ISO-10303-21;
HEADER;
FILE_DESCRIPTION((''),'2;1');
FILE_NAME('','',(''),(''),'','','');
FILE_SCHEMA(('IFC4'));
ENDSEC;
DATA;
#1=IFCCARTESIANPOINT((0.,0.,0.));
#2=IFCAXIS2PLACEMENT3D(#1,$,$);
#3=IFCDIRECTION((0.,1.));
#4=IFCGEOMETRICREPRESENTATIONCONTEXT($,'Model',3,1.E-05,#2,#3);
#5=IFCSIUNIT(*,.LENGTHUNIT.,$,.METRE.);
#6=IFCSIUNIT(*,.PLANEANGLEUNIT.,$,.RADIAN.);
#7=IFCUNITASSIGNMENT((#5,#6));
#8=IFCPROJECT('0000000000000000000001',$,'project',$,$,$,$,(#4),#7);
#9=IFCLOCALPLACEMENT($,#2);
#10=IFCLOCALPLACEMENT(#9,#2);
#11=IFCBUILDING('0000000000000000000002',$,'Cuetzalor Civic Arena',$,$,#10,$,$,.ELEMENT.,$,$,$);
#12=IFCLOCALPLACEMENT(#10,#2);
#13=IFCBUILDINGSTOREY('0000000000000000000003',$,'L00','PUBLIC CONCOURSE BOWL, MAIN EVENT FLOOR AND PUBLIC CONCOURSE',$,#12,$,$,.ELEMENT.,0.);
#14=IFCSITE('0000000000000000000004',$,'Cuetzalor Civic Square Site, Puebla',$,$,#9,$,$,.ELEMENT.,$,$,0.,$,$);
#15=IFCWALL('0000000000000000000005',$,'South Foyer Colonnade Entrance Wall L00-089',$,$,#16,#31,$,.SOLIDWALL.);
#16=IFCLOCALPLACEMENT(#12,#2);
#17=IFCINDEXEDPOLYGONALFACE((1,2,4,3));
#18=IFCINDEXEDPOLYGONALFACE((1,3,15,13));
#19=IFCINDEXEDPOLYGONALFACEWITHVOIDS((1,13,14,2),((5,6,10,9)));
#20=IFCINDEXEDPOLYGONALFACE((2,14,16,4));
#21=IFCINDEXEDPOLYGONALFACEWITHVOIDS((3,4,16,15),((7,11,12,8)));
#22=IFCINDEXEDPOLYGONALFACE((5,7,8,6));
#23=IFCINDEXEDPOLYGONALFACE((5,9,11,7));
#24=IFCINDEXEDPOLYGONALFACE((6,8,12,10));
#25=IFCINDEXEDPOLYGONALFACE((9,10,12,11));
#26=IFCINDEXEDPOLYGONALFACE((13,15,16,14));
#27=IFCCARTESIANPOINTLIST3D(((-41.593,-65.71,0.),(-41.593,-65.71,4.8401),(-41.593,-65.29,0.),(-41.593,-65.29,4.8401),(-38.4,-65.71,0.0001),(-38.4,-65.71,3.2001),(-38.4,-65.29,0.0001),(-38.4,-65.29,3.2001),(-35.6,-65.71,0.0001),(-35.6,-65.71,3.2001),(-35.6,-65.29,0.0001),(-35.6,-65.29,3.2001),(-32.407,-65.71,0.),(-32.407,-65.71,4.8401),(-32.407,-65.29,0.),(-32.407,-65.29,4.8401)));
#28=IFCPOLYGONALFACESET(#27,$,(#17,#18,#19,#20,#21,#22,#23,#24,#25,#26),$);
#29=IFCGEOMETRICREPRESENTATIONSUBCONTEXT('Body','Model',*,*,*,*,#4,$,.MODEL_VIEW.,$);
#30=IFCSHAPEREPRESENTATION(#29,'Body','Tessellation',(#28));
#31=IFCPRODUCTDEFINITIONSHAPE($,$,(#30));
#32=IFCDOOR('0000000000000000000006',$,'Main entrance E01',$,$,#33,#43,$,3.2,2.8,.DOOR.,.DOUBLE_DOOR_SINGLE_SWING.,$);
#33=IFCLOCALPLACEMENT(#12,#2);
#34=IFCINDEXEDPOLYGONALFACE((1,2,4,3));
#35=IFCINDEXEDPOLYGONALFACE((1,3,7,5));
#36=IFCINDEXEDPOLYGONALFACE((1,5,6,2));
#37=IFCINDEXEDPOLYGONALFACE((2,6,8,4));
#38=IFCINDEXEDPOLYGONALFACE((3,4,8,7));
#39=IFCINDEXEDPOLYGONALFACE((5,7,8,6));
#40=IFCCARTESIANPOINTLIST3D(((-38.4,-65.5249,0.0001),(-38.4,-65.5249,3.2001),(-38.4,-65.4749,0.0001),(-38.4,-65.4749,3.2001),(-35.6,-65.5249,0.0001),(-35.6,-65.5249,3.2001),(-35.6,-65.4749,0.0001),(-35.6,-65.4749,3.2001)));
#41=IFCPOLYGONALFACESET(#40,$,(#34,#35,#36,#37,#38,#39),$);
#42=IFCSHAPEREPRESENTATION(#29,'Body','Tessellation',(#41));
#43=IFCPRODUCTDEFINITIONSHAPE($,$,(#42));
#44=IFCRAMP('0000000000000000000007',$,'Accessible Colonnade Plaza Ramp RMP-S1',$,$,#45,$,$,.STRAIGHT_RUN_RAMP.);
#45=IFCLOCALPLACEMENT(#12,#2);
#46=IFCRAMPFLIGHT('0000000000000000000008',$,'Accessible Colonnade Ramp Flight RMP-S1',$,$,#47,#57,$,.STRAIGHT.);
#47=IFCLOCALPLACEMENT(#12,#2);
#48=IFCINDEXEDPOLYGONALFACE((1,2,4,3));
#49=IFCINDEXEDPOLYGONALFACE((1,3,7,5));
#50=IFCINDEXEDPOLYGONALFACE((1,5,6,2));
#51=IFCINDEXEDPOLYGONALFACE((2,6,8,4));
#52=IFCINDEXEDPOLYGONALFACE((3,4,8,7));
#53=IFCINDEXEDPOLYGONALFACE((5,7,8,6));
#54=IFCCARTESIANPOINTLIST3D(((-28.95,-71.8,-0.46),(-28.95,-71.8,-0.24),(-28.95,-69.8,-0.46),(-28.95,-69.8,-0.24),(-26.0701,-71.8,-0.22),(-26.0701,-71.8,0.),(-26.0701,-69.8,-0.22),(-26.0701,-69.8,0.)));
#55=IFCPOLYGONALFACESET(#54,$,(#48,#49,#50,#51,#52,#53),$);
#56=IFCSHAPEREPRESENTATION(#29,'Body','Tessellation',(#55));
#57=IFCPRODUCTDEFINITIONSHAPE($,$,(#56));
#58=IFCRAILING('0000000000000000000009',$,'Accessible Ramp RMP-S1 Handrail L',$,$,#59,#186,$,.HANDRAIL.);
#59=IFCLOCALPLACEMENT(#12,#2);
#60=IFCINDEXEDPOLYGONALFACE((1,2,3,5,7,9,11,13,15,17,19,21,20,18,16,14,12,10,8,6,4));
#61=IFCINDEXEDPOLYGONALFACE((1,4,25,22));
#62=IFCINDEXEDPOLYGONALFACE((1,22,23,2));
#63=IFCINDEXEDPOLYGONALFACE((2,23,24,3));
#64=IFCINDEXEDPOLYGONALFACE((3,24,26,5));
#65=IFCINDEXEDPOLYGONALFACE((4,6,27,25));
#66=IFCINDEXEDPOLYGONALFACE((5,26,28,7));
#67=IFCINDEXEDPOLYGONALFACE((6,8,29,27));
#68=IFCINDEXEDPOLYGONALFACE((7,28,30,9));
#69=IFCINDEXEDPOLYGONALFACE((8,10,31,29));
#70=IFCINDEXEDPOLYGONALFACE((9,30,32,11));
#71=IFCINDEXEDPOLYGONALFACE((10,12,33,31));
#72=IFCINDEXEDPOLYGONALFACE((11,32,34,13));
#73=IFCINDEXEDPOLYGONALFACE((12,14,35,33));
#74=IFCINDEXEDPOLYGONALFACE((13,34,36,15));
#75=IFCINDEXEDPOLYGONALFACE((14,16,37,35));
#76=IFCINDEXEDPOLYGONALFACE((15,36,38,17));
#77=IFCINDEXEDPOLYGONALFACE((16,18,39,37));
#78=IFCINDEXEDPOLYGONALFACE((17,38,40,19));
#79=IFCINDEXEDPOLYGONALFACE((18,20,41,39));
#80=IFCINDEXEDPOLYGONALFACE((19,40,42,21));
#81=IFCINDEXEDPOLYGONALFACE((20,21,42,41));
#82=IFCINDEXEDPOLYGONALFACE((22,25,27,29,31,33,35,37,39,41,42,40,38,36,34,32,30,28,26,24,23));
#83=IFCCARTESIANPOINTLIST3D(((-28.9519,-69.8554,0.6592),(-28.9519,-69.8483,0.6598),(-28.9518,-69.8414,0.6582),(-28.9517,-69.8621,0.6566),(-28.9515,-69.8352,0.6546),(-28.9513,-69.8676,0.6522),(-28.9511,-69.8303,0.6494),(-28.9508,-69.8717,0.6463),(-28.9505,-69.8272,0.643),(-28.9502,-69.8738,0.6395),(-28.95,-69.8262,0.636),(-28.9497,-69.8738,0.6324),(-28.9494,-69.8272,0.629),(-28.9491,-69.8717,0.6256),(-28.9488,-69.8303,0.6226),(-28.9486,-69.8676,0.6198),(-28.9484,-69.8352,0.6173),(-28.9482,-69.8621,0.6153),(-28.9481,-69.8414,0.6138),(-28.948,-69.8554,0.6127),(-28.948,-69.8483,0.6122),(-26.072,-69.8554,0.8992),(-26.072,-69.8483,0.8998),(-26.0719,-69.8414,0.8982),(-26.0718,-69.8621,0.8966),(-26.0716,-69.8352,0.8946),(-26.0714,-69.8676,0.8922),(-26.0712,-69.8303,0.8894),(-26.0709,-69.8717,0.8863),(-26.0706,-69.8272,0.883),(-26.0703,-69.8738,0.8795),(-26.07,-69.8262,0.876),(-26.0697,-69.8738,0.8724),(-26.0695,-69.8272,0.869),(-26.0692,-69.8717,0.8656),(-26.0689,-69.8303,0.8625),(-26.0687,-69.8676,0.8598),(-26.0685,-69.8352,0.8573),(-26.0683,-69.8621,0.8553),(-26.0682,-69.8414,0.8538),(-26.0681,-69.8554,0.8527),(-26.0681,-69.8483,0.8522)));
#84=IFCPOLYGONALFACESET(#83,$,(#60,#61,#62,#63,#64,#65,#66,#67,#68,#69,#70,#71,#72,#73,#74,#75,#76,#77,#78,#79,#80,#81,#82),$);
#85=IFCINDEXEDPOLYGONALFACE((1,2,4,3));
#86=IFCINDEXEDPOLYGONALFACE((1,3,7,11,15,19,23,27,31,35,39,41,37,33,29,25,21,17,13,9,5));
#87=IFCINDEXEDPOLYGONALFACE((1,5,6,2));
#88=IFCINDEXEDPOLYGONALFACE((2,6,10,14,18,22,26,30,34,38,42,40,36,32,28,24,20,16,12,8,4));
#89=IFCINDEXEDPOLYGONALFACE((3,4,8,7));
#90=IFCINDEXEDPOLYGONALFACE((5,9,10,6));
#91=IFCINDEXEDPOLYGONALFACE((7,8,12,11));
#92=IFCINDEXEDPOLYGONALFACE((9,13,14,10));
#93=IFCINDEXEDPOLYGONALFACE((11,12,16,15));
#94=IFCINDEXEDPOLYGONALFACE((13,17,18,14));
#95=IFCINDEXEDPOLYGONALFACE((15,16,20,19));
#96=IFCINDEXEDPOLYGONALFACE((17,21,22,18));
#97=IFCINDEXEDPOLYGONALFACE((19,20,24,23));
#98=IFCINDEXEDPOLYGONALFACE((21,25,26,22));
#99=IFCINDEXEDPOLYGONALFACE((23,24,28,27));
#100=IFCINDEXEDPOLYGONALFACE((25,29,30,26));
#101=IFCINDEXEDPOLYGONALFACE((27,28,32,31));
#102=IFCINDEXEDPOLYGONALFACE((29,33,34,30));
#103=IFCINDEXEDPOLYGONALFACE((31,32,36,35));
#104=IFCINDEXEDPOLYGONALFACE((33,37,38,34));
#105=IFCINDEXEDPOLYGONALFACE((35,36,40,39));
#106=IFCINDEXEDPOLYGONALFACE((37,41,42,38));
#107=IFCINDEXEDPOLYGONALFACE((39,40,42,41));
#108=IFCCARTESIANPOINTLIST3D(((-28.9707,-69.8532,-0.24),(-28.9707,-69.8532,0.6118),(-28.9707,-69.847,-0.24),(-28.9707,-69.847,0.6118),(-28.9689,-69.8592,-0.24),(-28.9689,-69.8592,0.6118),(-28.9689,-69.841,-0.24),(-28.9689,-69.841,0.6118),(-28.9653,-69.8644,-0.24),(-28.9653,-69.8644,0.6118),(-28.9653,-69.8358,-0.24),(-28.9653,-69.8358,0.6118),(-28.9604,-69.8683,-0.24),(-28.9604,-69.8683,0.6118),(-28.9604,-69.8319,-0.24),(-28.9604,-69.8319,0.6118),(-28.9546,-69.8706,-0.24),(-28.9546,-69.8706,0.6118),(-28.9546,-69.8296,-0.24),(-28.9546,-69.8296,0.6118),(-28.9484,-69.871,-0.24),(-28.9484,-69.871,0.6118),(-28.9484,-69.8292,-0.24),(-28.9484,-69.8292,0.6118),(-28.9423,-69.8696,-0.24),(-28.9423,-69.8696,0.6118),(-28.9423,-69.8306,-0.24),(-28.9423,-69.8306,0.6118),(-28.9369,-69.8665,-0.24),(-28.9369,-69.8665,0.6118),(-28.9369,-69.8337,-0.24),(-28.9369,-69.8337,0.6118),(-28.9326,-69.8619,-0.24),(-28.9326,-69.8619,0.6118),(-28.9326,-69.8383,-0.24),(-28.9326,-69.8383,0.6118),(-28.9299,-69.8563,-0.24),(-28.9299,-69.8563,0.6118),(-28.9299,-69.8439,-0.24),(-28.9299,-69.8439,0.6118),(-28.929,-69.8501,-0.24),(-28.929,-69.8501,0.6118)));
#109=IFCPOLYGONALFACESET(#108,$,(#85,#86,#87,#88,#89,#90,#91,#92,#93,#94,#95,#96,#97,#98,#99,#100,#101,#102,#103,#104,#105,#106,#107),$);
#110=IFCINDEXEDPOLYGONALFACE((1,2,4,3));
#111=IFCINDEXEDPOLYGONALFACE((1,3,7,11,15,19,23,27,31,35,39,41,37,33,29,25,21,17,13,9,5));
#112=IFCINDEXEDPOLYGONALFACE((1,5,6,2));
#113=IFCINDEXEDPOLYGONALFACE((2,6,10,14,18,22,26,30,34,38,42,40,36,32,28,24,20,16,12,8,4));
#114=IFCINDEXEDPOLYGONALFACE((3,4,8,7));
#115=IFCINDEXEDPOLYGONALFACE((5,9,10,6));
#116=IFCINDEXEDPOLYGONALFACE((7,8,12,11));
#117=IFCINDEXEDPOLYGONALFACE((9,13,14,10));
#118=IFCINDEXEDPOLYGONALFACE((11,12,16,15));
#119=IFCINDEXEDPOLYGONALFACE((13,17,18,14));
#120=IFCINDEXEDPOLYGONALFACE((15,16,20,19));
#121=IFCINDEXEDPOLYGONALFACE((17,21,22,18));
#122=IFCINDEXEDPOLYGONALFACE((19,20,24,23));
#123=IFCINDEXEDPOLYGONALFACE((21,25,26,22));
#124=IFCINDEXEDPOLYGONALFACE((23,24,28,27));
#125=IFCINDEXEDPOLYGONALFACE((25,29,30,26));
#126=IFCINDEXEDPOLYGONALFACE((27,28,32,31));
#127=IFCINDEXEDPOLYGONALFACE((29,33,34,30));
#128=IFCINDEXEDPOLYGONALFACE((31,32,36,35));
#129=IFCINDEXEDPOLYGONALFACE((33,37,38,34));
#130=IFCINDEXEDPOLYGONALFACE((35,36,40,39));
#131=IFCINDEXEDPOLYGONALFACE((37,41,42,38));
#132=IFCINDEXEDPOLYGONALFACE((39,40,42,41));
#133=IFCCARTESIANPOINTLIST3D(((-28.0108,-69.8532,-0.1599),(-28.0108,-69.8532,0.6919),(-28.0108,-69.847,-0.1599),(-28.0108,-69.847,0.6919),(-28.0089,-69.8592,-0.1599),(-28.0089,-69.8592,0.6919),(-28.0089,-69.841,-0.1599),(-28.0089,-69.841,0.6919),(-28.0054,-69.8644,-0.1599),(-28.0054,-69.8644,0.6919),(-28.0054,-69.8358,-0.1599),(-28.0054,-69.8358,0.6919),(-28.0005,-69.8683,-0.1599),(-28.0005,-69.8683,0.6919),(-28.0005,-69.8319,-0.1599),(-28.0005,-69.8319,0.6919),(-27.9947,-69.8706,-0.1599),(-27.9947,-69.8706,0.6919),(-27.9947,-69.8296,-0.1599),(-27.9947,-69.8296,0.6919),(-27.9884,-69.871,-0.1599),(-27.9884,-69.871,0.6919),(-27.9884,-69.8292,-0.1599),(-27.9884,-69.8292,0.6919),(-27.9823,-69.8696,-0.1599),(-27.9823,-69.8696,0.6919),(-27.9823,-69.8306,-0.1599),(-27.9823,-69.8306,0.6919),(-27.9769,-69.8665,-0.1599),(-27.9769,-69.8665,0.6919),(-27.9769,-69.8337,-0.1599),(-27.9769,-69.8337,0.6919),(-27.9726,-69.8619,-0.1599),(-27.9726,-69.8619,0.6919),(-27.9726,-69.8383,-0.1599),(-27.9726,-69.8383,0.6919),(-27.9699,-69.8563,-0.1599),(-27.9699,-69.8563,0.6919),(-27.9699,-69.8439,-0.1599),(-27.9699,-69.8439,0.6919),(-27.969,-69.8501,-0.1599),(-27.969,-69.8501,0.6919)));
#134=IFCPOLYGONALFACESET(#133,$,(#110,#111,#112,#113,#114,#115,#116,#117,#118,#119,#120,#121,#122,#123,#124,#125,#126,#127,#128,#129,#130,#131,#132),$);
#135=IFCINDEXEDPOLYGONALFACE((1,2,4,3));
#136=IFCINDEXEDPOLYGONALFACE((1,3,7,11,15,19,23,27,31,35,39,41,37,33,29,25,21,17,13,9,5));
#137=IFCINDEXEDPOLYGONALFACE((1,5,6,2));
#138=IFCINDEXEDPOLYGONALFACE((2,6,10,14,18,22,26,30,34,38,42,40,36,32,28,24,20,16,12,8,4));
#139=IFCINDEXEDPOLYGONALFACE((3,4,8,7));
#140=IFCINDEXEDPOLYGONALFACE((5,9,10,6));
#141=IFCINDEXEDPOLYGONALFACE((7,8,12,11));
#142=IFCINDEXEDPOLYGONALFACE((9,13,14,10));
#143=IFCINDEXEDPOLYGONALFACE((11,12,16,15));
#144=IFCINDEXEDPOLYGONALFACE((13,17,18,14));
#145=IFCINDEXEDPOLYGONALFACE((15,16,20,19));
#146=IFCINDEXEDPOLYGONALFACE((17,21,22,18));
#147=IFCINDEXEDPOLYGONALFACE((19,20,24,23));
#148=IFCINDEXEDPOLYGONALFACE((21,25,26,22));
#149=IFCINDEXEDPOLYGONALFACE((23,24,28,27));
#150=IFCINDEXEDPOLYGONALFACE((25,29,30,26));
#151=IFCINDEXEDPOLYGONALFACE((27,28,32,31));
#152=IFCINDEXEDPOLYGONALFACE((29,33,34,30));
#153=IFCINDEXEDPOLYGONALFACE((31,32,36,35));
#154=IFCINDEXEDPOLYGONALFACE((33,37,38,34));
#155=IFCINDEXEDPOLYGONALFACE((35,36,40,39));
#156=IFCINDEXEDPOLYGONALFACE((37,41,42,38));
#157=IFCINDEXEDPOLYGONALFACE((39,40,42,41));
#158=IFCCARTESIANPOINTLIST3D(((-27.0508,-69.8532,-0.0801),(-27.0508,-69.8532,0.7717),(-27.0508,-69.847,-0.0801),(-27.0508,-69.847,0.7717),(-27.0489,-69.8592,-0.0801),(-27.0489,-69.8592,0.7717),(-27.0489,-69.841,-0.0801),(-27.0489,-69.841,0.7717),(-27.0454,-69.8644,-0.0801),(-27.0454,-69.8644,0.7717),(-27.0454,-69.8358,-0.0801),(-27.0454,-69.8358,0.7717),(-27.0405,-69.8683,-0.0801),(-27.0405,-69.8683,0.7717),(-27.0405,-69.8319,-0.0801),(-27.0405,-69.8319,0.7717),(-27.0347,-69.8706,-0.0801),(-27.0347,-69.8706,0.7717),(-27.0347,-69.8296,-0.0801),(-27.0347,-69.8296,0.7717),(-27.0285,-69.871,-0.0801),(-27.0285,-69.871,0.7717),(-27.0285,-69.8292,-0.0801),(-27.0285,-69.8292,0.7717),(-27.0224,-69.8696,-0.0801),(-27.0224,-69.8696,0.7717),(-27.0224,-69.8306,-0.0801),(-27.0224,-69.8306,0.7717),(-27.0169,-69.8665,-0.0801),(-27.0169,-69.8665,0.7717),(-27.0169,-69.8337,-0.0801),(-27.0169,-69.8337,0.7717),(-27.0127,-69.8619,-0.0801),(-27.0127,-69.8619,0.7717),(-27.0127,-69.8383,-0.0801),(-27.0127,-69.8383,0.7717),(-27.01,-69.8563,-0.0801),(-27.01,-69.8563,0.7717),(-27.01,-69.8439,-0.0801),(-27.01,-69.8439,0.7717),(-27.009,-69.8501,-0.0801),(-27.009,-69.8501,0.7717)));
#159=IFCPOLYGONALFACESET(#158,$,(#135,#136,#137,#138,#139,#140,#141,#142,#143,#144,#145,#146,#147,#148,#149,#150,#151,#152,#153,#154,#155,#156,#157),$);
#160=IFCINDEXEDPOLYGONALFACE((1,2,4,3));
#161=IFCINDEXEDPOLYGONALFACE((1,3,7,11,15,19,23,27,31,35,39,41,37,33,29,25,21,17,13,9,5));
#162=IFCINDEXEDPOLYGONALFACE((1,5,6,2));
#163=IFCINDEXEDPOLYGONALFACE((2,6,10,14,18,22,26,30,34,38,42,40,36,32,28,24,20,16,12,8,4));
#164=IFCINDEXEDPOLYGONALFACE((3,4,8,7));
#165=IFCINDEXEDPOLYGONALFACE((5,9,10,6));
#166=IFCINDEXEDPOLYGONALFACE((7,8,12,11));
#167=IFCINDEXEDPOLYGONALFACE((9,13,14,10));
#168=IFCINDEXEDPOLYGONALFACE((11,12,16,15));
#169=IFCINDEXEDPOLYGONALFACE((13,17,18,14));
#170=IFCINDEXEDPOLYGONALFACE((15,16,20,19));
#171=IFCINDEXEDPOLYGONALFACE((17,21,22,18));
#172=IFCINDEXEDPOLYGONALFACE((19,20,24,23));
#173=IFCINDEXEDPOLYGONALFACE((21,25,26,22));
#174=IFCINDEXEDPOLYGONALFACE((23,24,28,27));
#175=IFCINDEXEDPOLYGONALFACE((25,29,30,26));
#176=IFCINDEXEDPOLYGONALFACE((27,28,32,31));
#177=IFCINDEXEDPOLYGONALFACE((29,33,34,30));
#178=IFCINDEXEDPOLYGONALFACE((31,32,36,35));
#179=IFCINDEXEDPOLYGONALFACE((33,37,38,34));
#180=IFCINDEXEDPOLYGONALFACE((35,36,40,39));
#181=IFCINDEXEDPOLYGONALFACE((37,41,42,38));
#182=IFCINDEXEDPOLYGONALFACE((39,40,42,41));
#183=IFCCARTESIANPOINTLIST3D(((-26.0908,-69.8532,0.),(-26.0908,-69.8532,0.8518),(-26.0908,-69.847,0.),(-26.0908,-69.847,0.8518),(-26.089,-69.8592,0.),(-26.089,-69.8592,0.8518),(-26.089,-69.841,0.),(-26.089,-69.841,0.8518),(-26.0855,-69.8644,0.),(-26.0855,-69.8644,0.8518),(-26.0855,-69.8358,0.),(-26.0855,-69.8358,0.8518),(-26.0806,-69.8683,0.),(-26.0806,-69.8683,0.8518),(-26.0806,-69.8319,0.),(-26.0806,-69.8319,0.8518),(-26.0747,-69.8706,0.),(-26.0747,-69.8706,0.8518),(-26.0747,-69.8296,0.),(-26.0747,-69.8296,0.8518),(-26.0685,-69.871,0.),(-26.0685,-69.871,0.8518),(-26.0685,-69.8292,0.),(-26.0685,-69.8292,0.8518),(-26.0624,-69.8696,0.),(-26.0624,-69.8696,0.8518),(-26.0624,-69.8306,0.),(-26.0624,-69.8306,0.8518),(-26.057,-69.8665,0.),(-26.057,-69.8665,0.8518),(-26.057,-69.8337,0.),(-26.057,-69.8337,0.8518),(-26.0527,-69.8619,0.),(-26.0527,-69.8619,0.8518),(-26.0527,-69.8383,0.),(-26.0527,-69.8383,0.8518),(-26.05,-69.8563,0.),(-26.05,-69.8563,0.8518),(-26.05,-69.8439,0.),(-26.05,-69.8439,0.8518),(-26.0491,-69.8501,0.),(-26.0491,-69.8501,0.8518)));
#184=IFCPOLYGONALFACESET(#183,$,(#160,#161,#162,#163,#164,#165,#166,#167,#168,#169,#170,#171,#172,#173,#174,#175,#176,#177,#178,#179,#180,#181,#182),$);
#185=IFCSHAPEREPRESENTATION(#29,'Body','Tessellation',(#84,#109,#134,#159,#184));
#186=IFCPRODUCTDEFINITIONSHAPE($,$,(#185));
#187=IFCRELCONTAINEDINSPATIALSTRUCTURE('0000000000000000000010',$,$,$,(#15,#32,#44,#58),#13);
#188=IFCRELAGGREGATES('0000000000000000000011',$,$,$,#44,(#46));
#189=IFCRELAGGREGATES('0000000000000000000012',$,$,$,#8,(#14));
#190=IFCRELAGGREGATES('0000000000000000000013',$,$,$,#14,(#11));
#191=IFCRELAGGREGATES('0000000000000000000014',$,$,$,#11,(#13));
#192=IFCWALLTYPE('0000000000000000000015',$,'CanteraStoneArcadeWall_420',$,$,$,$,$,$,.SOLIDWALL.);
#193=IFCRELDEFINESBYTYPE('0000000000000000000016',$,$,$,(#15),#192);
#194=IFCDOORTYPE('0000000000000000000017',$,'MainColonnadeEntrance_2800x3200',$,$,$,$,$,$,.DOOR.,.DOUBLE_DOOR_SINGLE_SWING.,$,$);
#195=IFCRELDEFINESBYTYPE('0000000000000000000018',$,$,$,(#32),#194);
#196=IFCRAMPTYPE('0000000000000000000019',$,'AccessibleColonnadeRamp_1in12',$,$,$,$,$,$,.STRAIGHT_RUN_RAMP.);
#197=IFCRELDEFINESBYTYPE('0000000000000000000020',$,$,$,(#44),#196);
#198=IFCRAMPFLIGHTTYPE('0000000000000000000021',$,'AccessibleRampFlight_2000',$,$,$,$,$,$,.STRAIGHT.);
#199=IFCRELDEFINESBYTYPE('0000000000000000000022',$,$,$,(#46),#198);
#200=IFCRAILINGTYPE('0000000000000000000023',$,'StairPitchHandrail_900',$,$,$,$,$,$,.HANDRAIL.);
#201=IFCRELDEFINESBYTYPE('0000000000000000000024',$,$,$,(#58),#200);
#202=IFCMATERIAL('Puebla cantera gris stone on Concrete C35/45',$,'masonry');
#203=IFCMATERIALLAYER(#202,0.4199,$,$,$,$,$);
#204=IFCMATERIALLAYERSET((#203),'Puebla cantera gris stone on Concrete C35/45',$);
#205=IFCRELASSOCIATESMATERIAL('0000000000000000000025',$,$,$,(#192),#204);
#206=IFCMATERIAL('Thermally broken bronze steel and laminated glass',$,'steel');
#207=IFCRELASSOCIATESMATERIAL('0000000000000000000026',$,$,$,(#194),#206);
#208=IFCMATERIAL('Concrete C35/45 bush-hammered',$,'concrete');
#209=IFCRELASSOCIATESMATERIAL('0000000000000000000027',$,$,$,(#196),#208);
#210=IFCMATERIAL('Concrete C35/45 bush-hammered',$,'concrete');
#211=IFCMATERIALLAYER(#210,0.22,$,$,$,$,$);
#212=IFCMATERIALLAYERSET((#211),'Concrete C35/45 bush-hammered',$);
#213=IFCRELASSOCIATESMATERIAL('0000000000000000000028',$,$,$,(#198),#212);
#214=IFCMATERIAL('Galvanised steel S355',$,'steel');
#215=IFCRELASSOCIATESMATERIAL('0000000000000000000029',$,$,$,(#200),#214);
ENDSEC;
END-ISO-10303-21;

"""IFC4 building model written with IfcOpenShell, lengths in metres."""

from ifc_helpers import new_model, si_unit, direction, frame, frame_2d, origin, origin_2d, place, context, subcontext, project, spatial, polyline, rectangle, circle, outline, extrude, material, layer, layer_set, type_object, element, fill, aggregate, save


model = new_model("IFC4")

# Units and contexts
model_context = context("Model", 3, precision=1e-05, world=origin(), true_north=direction((0.0, 1.0)))
body_context = subcontext(model_context, "Body", "Model", "MODEL_VIEW")
ifc_project = project(units=[si_unit("LENGTHUNIT", "METRE"), si_unit("PLANEANGLEUNIT", "RADIAN")], contexts=[model_context])

# Site, building, storey
site_placement = place(None, origin())
site = spatial("IfcSite", under=ifc_project, at=site_placement, Name="Cuetzalor Civic Square Site, Puebla", CompositionType="ELEMENT", RefElevation=0.0)
building_placement = place(site_placement, origin())
building = spatial("IfcBuilding", under=site, at=building_placement, Name="Cuetzalor Civic Arena", CompositionType="ELEMENT")
storey_placement = place(building_placement, origin())
storey = spatial("IfcBuildingStorey", under=building, at=storey_placement, Name="L00", Description="PUBLIC CONCOURSE BOWL, MAIN EVENT FLOOR AND PUBLIC CONCOURSE", CompositionType="ELEMENT", Elevation=0.0)

# Wall, opening, door
ifc_material_1 = material(Name="Puebla cantera gris stone on Concrete C35/45", Category="masonry")
ifc_layer_1 = layer(ifc_material_1, 0.4199)
ifc_layer_set_1 = layer_set([ifc_layer_1], Name="Puebla cantera gris stone on Concrete C35/45")
wall_type = type_object("IfcWallType", Name="CanteraStoneArcadeWall_420", PredefinedType="SOLIDWALL", material=ifc_layer_set_1)
wall_placement = place(storey_placement, frame((-32.407, -65.5, 0.0), z_axis=(0.0, 0.0, 1.0), x_axis=(-1.0, 0.0, 0.0)))
wall = element("IfcWall", 1, at=wall_placement, inside=storey, type_object=wall_type, Name="South Foyer Colonnade Entrance Wall L00-089", PredefinedType="SOLIDWALL", context=body_context, shape_type="SweptSolid", body=[
    extrude(rectangle(XDim=9.186, YDim=0.4199, at=frame_2d((4.593, 0.0))), origin(), (0.0, 0.0, 1.0), 4.8401),
])
opening_placement = place(wall_placement, frame((3.1931, 0.0, 0.0)))
opening = element("IfcOpeningElement", 2, at=opening_placement, cuts=wall, PredefinedType="OPENING", context=body_context, shape_type="SweptSolid", body=[
    extrude(rectangle(XDim=2.8, YDim=3.2, at=frame_2d((1.3999, 1.6001))), frame((0.0, 0.22, 0.0), z_axis=(0.0, -1.0, 0.0), x_axis=(1.0, 0.0, 0.0)), (0.0, 0.0, 1.0), 0.4399),
])
ifc_material_2 = material(Name="Thermally broken bronze steel and laminated glass", Category="steel")
door_type = type_object("IfcDoorType", Name="MainColonnadeEntrance_2800x3200", OperationType="DOUBLE_DOOR_SINGLE_SWING", PredefinedType="DOOR", material=ifc_material_2)
door_placement = place(opening_placement, origin())
door = element("IfcDoor", 3, at=door_placement, inside=storey, type_object=door_type, Name="Main entrance E01", OperationType="DOUBLE_DOOR_SINGLE_SWING", OverallHeight=3.2, OverallWidth=2.8, PredefinedType="DOOR", context=body_context, shape_type="SweptSolid", body=[
    extrude(rectangle(XDim=2.8, YDim=3.2, at=frame_2d((1.3999, 1.6001))), frame((0.0, 0.0249, 0.0), z_axis=(0.0, -1.0, 0.0), x_axis=(1.0, 0.0, 0.0)), (0.0, 0.0, 1.0), 0.05),
])
fill(opening, door)

# Ramp, ramp flight
ifc_material_3 = material(Name="Concrete C35/45 bush-hammered", Category="concrete")
ramp_type = type_object("IfcRampType", Name="AccessibleColonnadeRamp_1in12", PredefinedType="STRAIGHT_RUN_RAMP", material=ifc_material_3)
ramp_placement = place(storey_placement, origin())
ramp = element("IfcRamp", 4, at=ramp_placement, inside=storey, type_object=ramp_type, Name="Accessible Colonnade Plaza Ramp RMP-S1", PredefinedType="STRAIGHT_RUN_RAMP")
ifc_material_4 = material(Name="Concrete C35/45 bush-hammered", Category="concrete")
ifc_layer_2 = layer(ifc_material_4, 0.22)
ifc_layer_set_2 = layer_set([ifc_layer_2], Name="Concrete C35/45 bush-hammered")
ramp_flight_type = type_object("IfcRampFlightType", Name="AccessibleRampFlight_2000", PredefinedType="STRAIGHT", material=ifc_layer_set_2)
ramp_flight_placement = place(storey_placement, frame((-28.95, -70.8, -0.24), z_axis=(0.0, 0.0, 1.0), x_axis=(1.0, 0.0, 0.0)))
ramp_flight = element("IfcRampFlight", 5, at=ramp_flight_placement, type_object=ramp_flight_type, Name="Accessible Colonnade Ramp Flight RMP-S1", PredefinedType="STRAIGHT", context=body_context, shape_type="SweptSolid", body=[
    extrude(outline(polyline([(0.0, 0.0), (2.8799, 0.24), (2.8799, 0.02), (0.0, -0.22), (0.0, 0.0)])), frame((0.0, 1.0, 0.0), z_axis=(0.0, -1.0, 0.0), x_axis=(1.0, 0.0, 0.0)), (0.0, 0.0, 1.0), 2.0),
])
aggregate(ramp, [ramp_flight])

# Railing
ifc_material_5 = material(Name="Galvanised steel S355", Category="steel")
railing_type = type_object("IfcRailingType", Name="StairPitchHandrail_900", PredefinedType="HANDRAIL", material=ifc_material_5)
for number, where, name in (
    (6, (-28.95, -69.8501, -0.24), "Accessible Ramp RMP-S1 Handrail L"),
):
    element("IfcRailing", number, at=place(storey_placement, frame(where)), inside=storey, type_object=railing_type, Name=name, PredefinedType="HANDRAIL", context=body_context, shape_type="SweptSolid", body=[
        extrude(circle(Radius=0.0239, at=origin_2d()), frame((0.0, 0.0, 0.876), z_axis=(0.996546, 0.0, 0.083045), x_axis=(0.0, 1.0, 0.0)), (0.0, 0.0, 1.0), 2.8899),
        extrude(circle(Radius=0.021, at=origin_2d()), origin(), (0.0, 0.0, 1.0), 0.8518),
        extrude(circle(Radius=0.021, at=origin_2d()), frame((0.96, 0.0, 0.0801)), (0.0, 0.0, 1.0), 0.8518),
        extrude(circle(Radius=0.021, at=origin_2d()), frame((1.9199, 0.0, 0.1599)), (0.0, 0.0, 1.0), 0.8518),
        extrude(circle(Radius=0.021, at=origin_2d()), frame((2.8799, 0.0, 0.24)), (0.0, 0.0, 1.0), 0.8518),
    ])

save(model, "model.ifc")
